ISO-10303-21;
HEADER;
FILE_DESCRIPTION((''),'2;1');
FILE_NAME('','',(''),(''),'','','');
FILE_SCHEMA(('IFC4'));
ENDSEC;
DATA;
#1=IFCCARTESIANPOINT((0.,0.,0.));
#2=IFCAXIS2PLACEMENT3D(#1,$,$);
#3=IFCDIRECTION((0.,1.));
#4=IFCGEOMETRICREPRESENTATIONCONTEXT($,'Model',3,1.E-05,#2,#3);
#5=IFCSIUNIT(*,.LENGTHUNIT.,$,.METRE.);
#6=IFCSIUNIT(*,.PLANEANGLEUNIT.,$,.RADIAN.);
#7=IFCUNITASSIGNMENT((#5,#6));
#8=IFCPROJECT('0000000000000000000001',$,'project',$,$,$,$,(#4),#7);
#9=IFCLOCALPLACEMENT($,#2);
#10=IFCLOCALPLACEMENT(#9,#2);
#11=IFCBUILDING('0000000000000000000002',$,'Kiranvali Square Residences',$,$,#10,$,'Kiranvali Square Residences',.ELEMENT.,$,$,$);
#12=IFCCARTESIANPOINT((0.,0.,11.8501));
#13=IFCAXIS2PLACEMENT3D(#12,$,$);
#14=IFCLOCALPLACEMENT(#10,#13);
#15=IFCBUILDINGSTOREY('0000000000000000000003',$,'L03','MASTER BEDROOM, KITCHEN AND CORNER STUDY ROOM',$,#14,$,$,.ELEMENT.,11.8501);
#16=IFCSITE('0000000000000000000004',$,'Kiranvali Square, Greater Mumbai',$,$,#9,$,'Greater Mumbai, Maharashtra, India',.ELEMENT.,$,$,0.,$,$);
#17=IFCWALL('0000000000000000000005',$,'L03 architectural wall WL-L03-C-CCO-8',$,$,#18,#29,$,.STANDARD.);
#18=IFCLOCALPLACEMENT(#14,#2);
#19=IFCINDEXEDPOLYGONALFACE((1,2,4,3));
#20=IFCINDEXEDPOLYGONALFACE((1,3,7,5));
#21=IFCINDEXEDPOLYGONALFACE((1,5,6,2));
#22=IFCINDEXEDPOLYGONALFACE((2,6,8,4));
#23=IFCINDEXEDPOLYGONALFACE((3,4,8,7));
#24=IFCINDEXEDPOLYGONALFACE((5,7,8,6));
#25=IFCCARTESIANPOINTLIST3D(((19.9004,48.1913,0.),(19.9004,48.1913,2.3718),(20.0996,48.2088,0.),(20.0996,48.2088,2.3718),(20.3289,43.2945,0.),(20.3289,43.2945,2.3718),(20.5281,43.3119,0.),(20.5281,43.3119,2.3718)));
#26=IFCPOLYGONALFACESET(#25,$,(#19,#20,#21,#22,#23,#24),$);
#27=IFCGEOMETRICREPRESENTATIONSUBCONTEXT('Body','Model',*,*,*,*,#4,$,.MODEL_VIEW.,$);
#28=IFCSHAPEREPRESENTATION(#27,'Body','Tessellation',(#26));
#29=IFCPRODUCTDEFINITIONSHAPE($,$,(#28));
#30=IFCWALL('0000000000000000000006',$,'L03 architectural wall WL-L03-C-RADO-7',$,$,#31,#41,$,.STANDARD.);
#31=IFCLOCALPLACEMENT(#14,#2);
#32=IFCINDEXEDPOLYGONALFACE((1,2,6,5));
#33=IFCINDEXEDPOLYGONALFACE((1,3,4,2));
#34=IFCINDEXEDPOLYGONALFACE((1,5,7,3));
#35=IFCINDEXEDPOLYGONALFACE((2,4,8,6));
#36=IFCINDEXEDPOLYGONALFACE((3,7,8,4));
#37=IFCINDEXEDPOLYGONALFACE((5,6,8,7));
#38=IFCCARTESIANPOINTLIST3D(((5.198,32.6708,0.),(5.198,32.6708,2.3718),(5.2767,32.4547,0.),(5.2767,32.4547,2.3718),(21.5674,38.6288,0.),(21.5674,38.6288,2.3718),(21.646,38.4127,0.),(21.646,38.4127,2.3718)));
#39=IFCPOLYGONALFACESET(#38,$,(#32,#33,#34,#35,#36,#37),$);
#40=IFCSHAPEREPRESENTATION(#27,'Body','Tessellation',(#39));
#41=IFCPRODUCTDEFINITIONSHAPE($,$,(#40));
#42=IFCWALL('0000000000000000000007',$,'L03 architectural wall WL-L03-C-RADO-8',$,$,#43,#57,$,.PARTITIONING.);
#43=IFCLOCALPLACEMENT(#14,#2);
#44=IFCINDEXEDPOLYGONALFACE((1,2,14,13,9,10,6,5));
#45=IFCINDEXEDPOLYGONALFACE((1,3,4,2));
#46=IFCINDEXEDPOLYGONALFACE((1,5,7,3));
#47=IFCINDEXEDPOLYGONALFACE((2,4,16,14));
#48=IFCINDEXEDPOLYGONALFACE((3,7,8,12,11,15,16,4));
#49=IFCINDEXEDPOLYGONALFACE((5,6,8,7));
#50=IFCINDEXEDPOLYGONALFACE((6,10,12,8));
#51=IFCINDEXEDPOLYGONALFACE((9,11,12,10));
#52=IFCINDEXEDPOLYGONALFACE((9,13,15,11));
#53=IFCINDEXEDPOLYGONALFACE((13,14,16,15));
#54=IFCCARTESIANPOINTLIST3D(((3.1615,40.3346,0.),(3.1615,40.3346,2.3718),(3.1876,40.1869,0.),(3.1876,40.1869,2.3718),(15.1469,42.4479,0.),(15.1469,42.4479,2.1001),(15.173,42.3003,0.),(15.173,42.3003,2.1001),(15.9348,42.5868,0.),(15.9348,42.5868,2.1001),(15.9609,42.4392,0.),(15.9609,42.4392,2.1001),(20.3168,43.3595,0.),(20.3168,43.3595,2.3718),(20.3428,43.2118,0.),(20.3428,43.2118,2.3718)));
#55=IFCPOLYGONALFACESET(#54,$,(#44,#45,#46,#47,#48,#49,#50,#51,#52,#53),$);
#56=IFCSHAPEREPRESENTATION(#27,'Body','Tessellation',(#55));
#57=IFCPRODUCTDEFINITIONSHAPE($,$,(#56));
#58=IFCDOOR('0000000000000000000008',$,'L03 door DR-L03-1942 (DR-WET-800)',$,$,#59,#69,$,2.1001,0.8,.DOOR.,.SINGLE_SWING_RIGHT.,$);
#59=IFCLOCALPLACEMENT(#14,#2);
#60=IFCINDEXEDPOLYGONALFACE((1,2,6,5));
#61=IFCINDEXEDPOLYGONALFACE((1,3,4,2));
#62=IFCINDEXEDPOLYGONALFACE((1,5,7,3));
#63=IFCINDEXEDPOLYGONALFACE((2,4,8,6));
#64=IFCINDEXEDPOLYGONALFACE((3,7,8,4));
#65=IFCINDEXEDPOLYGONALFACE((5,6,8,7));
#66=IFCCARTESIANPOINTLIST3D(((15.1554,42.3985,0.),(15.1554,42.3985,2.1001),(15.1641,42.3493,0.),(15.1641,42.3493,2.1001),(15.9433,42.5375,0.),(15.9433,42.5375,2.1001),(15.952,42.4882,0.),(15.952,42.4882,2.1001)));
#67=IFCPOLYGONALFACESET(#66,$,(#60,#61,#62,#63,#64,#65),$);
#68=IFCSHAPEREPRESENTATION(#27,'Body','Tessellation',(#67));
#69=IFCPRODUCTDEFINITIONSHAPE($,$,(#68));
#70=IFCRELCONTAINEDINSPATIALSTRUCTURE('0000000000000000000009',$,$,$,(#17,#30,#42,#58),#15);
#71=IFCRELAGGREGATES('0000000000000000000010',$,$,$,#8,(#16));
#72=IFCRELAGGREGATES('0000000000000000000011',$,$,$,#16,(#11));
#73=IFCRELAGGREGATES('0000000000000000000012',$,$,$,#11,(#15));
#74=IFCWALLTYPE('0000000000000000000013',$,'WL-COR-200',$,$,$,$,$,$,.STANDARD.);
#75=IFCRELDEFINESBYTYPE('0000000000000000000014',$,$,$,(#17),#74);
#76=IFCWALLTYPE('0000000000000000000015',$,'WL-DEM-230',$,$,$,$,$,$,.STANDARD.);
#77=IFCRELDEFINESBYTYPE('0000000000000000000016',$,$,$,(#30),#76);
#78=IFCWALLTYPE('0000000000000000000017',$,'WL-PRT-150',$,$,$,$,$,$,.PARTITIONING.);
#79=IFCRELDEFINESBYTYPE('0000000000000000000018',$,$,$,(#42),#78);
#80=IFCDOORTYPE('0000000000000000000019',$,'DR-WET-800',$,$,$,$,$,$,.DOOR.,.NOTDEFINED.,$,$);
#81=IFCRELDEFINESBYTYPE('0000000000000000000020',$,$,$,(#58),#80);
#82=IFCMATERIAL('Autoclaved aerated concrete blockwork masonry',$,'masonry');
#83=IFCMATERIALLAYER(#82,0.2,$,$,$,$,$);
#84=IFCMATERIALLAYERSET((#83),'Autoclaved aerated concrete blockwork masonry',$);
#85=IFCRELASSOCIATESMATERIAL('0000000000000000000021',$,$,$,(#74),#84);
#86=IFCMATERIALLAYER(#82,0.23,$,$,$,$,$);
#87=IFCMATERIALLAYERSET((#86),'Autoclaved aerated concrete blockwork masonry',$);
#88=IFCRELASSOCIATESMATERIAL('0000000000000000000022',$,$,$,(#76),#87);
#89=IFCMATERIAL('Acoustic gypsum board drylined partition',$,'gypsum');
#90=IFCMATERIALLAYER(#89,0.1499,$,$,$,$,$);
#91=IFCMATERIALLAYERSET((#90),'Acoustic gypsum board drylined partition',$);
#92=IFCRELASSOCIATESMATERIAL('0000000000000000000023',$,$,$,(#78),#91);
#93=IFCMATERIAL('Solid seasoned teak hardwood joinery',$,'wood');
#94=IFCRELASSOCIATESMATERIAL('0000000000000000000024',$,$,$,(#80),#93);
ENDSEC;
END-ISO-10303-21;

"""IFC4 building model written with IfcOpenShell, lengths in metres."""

from ifc_helpers import new_model, si_unit, direction, frame, frame_2d, origin, place, context, subcontext, project, spatial, rectangle, extrude, material, layer, layer_set, type_object, element, fill, save


model = new_model("IFC4")

# Units and contexts
model_context = context("Model", 3, precision=1e-05, world=origin(), true_north=direction((0.0, 1.0)))
body_context = subcontext(model_context, "Body", "Model", "MODEL_VIEW")
ifc_project = project(units=[si_unit("LENGTHUNIT", "METRE"), si_unit("PLANEANGLEUNIT", "RADIAN")], contexts=[model_context])

# Site, building, storey
site_placement = place(None, origin())
site = spatial("IfcSite", under=ifc_project, at=site_placement, Name="Kiranvali Square, Greater Mumbai", LongName="Greater Mumbai, Maharashtra, India", CompositionType="ELEMENT", RefElevation=0.0)
building_placement = place(site_placement, origin())
building = spatial("IfcBuilding", under=site, at=building_placement, Name="Kiranvali Square Residences", LongName="Kiranvali Square Residences", CompositionType="ELEMENT")
storey_placement = place(building_placement, frame((0.0, 0.0, 11.8501)))
storey = spatial("IfcBuildingStorey", under=building, at=storey_placement, Name="L03", Description="MASTER BEDROOM, KITCHEN AND CORNER STUDY ROOM", CompositionType="ELEMENT", Elevation=11.8501)

# Shared definitions
ifc_material_1 = material(Name="Autoclaved aerated concrete blockwork masonry", Category="masonry")
ifc_layer_1 = layer(ifc_material_1, 0.2)
ifc_layer_set_1 = layer_set([ifc_layer_1], Name="Autoclaved aerated concrete blockwork masonry")
wall_type_1 = type_object("IfcWallType", Name="WL-COR-200", PredefinedType="STANDARD", material=ifc_layer_set_1)

# Walls
wall_1_placement = place(storey_placement, frame((20.4285, 43.3032, 0.0), z_axis=(0.0, 0.0, 1.0), x_axis=(-0.087168, 0.996194, 0.0)))
element("IfcWall", 1, at=wall_1_placement, inside=storey, type_object=wall_type_1, Name="L03 architectural wall WL-L03-C-CCO-8", PredefinedType="STANDARD", context=body_context, shape_type="SweptSolid", body=[
    extrude(rectangle(XDim=4.9155, YDim=0.2, at=frame_2d((2.4578, 0.0))), origin(), (0.0, 0.0, 1.0), 2.3718),
])
ifc_layer_2 = layer(ifc_material_1, 0.23)
ifc_layer_set_2 = layer_set([ifc_layer_2], Name="Autoclaved aerated concrete blockwork masonry")
wall_type_2 = type_object("IfcWallType", Name="WL-DEM-230", PredefinedType="STANDARD", material=ifc_layer_set_2)
wall_2_placement = place(storey_placement, frame((21.6067, 38.5208, 0.0), z_axis=(0.0, 0.0, 1.0), x_axis=(-0.939692, -0.342022, 0.0)))
element("IfcWall", 2, at=wall_2_placement, inside=storey, type_object=wall_type_2, Name="L03 architectural wall WL-L03-C-RADO-7", PredefinedType="STANDARD", context=body_context, shape_type="SweptSolid", body=[
    extrude(rectangle(XDim=17.4199, YDim=0.23, at=frame_2d((8.71, 0.0))), origin(), (0.0, 0.0, 1.0), 2.3718),
])

# Wall, opening, door
ifc_material_2 = material(Name="Acoustic gypsum board drylined partition", Category="gypsum")
ifc_layer_3 = layer(ifc_material_2, 0.1499)
ifc_layer_set_3 = layer_set([ifc_layer_3], Name="Acoustic gypsum board drylined partition")
wall_type_3 = type_object("IfcWallType", Name="WL-PRT-150", PredefinedType="PARTITIONING", material=ifc_layer_set_3)
wall_3_placement = place(storey_placement, frame((20.3298, 43.2856, 0.0), z_axis=(0.0, 0.0, 1.0), x_axis=(-0.984808, -0.173646, 0.0)))
wall_3 = element("IfcWall", 3, at=wall_3_placement, inside=storey, type_object=wall_type_3, Name="L03 architectural wall WL-L03-C-RADO-8", PredefinedType="PARTITIONING", context=body_context, shape_type="SweptSolid", body=[
    extrude(rectangle(XDim=17.4199, YDim=0.1499, at=frame_2d((8.71, 0.0))), origin(), (0.0, 0.0, 1.0), 2.3718),
])
opening_1_placement = place(wall_3_placement, frame((4.4497, 0.0, 0.0)))
opening_1 = element("IfcOpeningElement", 4, at=opening_1_placement, cuts=wall_3, PredefinedType="OPENING", context=body_context, shape_type="SweptSolid", body=[
    extrude(rectangle(XDim=0.8, YDim=2.1001, at=frame_2d((0.3999, 1.05))), frame((0.0, 0.085, 0.0), z_axis=(0.0, -1.0, 0.0), x_axis=(1.0, 0.0, 0.0)), (0.0, 0.0, 1.0), 0.1699),
])
ifc_material_3 = material(Name="Solid seasoned teak hardwood joinery", Category="wood")
door_type_1 = type_object("IfcDoorType", Name="DR-WET-800", OperationType="NOTDEFINED", PredefinedType="DOOR", material=ifc_material_3)
door_1_placement = place(opening_1_placement, frame((0.8, 0.0, 0.0), z_axis=(0.0, 0.0, 1.0), x_axis=(-1.0, 0.0, 0.0)))
door_1 = element("IfcDoor", 5, at=door_1_placement, inside=storey, type_object=door_type_1, Name="L03 door DR-L03-1942 (DR-WET-800)", OperationType="SINGLE_SWING_RIGHT", OverallHeight=2.1001, OverallWidth=0.8, PredefinedType="DOOR", context=body_context, shape_type="SweptSolid", body=[
    extrude(rectangle(XDim=0.8, YDim=2.1001, at=frame_2d((0.3999, 1.05))), frame((0.0, 0.0249, 0.0), z_axis=(0.0, -1.0, 0.0), x_axis=(1.0, 0.0, 0.0)), (0.0, 0.0, 1.0), 0.05),
])
fill(opening_1, door_1)

save(model, "model.ifc")
